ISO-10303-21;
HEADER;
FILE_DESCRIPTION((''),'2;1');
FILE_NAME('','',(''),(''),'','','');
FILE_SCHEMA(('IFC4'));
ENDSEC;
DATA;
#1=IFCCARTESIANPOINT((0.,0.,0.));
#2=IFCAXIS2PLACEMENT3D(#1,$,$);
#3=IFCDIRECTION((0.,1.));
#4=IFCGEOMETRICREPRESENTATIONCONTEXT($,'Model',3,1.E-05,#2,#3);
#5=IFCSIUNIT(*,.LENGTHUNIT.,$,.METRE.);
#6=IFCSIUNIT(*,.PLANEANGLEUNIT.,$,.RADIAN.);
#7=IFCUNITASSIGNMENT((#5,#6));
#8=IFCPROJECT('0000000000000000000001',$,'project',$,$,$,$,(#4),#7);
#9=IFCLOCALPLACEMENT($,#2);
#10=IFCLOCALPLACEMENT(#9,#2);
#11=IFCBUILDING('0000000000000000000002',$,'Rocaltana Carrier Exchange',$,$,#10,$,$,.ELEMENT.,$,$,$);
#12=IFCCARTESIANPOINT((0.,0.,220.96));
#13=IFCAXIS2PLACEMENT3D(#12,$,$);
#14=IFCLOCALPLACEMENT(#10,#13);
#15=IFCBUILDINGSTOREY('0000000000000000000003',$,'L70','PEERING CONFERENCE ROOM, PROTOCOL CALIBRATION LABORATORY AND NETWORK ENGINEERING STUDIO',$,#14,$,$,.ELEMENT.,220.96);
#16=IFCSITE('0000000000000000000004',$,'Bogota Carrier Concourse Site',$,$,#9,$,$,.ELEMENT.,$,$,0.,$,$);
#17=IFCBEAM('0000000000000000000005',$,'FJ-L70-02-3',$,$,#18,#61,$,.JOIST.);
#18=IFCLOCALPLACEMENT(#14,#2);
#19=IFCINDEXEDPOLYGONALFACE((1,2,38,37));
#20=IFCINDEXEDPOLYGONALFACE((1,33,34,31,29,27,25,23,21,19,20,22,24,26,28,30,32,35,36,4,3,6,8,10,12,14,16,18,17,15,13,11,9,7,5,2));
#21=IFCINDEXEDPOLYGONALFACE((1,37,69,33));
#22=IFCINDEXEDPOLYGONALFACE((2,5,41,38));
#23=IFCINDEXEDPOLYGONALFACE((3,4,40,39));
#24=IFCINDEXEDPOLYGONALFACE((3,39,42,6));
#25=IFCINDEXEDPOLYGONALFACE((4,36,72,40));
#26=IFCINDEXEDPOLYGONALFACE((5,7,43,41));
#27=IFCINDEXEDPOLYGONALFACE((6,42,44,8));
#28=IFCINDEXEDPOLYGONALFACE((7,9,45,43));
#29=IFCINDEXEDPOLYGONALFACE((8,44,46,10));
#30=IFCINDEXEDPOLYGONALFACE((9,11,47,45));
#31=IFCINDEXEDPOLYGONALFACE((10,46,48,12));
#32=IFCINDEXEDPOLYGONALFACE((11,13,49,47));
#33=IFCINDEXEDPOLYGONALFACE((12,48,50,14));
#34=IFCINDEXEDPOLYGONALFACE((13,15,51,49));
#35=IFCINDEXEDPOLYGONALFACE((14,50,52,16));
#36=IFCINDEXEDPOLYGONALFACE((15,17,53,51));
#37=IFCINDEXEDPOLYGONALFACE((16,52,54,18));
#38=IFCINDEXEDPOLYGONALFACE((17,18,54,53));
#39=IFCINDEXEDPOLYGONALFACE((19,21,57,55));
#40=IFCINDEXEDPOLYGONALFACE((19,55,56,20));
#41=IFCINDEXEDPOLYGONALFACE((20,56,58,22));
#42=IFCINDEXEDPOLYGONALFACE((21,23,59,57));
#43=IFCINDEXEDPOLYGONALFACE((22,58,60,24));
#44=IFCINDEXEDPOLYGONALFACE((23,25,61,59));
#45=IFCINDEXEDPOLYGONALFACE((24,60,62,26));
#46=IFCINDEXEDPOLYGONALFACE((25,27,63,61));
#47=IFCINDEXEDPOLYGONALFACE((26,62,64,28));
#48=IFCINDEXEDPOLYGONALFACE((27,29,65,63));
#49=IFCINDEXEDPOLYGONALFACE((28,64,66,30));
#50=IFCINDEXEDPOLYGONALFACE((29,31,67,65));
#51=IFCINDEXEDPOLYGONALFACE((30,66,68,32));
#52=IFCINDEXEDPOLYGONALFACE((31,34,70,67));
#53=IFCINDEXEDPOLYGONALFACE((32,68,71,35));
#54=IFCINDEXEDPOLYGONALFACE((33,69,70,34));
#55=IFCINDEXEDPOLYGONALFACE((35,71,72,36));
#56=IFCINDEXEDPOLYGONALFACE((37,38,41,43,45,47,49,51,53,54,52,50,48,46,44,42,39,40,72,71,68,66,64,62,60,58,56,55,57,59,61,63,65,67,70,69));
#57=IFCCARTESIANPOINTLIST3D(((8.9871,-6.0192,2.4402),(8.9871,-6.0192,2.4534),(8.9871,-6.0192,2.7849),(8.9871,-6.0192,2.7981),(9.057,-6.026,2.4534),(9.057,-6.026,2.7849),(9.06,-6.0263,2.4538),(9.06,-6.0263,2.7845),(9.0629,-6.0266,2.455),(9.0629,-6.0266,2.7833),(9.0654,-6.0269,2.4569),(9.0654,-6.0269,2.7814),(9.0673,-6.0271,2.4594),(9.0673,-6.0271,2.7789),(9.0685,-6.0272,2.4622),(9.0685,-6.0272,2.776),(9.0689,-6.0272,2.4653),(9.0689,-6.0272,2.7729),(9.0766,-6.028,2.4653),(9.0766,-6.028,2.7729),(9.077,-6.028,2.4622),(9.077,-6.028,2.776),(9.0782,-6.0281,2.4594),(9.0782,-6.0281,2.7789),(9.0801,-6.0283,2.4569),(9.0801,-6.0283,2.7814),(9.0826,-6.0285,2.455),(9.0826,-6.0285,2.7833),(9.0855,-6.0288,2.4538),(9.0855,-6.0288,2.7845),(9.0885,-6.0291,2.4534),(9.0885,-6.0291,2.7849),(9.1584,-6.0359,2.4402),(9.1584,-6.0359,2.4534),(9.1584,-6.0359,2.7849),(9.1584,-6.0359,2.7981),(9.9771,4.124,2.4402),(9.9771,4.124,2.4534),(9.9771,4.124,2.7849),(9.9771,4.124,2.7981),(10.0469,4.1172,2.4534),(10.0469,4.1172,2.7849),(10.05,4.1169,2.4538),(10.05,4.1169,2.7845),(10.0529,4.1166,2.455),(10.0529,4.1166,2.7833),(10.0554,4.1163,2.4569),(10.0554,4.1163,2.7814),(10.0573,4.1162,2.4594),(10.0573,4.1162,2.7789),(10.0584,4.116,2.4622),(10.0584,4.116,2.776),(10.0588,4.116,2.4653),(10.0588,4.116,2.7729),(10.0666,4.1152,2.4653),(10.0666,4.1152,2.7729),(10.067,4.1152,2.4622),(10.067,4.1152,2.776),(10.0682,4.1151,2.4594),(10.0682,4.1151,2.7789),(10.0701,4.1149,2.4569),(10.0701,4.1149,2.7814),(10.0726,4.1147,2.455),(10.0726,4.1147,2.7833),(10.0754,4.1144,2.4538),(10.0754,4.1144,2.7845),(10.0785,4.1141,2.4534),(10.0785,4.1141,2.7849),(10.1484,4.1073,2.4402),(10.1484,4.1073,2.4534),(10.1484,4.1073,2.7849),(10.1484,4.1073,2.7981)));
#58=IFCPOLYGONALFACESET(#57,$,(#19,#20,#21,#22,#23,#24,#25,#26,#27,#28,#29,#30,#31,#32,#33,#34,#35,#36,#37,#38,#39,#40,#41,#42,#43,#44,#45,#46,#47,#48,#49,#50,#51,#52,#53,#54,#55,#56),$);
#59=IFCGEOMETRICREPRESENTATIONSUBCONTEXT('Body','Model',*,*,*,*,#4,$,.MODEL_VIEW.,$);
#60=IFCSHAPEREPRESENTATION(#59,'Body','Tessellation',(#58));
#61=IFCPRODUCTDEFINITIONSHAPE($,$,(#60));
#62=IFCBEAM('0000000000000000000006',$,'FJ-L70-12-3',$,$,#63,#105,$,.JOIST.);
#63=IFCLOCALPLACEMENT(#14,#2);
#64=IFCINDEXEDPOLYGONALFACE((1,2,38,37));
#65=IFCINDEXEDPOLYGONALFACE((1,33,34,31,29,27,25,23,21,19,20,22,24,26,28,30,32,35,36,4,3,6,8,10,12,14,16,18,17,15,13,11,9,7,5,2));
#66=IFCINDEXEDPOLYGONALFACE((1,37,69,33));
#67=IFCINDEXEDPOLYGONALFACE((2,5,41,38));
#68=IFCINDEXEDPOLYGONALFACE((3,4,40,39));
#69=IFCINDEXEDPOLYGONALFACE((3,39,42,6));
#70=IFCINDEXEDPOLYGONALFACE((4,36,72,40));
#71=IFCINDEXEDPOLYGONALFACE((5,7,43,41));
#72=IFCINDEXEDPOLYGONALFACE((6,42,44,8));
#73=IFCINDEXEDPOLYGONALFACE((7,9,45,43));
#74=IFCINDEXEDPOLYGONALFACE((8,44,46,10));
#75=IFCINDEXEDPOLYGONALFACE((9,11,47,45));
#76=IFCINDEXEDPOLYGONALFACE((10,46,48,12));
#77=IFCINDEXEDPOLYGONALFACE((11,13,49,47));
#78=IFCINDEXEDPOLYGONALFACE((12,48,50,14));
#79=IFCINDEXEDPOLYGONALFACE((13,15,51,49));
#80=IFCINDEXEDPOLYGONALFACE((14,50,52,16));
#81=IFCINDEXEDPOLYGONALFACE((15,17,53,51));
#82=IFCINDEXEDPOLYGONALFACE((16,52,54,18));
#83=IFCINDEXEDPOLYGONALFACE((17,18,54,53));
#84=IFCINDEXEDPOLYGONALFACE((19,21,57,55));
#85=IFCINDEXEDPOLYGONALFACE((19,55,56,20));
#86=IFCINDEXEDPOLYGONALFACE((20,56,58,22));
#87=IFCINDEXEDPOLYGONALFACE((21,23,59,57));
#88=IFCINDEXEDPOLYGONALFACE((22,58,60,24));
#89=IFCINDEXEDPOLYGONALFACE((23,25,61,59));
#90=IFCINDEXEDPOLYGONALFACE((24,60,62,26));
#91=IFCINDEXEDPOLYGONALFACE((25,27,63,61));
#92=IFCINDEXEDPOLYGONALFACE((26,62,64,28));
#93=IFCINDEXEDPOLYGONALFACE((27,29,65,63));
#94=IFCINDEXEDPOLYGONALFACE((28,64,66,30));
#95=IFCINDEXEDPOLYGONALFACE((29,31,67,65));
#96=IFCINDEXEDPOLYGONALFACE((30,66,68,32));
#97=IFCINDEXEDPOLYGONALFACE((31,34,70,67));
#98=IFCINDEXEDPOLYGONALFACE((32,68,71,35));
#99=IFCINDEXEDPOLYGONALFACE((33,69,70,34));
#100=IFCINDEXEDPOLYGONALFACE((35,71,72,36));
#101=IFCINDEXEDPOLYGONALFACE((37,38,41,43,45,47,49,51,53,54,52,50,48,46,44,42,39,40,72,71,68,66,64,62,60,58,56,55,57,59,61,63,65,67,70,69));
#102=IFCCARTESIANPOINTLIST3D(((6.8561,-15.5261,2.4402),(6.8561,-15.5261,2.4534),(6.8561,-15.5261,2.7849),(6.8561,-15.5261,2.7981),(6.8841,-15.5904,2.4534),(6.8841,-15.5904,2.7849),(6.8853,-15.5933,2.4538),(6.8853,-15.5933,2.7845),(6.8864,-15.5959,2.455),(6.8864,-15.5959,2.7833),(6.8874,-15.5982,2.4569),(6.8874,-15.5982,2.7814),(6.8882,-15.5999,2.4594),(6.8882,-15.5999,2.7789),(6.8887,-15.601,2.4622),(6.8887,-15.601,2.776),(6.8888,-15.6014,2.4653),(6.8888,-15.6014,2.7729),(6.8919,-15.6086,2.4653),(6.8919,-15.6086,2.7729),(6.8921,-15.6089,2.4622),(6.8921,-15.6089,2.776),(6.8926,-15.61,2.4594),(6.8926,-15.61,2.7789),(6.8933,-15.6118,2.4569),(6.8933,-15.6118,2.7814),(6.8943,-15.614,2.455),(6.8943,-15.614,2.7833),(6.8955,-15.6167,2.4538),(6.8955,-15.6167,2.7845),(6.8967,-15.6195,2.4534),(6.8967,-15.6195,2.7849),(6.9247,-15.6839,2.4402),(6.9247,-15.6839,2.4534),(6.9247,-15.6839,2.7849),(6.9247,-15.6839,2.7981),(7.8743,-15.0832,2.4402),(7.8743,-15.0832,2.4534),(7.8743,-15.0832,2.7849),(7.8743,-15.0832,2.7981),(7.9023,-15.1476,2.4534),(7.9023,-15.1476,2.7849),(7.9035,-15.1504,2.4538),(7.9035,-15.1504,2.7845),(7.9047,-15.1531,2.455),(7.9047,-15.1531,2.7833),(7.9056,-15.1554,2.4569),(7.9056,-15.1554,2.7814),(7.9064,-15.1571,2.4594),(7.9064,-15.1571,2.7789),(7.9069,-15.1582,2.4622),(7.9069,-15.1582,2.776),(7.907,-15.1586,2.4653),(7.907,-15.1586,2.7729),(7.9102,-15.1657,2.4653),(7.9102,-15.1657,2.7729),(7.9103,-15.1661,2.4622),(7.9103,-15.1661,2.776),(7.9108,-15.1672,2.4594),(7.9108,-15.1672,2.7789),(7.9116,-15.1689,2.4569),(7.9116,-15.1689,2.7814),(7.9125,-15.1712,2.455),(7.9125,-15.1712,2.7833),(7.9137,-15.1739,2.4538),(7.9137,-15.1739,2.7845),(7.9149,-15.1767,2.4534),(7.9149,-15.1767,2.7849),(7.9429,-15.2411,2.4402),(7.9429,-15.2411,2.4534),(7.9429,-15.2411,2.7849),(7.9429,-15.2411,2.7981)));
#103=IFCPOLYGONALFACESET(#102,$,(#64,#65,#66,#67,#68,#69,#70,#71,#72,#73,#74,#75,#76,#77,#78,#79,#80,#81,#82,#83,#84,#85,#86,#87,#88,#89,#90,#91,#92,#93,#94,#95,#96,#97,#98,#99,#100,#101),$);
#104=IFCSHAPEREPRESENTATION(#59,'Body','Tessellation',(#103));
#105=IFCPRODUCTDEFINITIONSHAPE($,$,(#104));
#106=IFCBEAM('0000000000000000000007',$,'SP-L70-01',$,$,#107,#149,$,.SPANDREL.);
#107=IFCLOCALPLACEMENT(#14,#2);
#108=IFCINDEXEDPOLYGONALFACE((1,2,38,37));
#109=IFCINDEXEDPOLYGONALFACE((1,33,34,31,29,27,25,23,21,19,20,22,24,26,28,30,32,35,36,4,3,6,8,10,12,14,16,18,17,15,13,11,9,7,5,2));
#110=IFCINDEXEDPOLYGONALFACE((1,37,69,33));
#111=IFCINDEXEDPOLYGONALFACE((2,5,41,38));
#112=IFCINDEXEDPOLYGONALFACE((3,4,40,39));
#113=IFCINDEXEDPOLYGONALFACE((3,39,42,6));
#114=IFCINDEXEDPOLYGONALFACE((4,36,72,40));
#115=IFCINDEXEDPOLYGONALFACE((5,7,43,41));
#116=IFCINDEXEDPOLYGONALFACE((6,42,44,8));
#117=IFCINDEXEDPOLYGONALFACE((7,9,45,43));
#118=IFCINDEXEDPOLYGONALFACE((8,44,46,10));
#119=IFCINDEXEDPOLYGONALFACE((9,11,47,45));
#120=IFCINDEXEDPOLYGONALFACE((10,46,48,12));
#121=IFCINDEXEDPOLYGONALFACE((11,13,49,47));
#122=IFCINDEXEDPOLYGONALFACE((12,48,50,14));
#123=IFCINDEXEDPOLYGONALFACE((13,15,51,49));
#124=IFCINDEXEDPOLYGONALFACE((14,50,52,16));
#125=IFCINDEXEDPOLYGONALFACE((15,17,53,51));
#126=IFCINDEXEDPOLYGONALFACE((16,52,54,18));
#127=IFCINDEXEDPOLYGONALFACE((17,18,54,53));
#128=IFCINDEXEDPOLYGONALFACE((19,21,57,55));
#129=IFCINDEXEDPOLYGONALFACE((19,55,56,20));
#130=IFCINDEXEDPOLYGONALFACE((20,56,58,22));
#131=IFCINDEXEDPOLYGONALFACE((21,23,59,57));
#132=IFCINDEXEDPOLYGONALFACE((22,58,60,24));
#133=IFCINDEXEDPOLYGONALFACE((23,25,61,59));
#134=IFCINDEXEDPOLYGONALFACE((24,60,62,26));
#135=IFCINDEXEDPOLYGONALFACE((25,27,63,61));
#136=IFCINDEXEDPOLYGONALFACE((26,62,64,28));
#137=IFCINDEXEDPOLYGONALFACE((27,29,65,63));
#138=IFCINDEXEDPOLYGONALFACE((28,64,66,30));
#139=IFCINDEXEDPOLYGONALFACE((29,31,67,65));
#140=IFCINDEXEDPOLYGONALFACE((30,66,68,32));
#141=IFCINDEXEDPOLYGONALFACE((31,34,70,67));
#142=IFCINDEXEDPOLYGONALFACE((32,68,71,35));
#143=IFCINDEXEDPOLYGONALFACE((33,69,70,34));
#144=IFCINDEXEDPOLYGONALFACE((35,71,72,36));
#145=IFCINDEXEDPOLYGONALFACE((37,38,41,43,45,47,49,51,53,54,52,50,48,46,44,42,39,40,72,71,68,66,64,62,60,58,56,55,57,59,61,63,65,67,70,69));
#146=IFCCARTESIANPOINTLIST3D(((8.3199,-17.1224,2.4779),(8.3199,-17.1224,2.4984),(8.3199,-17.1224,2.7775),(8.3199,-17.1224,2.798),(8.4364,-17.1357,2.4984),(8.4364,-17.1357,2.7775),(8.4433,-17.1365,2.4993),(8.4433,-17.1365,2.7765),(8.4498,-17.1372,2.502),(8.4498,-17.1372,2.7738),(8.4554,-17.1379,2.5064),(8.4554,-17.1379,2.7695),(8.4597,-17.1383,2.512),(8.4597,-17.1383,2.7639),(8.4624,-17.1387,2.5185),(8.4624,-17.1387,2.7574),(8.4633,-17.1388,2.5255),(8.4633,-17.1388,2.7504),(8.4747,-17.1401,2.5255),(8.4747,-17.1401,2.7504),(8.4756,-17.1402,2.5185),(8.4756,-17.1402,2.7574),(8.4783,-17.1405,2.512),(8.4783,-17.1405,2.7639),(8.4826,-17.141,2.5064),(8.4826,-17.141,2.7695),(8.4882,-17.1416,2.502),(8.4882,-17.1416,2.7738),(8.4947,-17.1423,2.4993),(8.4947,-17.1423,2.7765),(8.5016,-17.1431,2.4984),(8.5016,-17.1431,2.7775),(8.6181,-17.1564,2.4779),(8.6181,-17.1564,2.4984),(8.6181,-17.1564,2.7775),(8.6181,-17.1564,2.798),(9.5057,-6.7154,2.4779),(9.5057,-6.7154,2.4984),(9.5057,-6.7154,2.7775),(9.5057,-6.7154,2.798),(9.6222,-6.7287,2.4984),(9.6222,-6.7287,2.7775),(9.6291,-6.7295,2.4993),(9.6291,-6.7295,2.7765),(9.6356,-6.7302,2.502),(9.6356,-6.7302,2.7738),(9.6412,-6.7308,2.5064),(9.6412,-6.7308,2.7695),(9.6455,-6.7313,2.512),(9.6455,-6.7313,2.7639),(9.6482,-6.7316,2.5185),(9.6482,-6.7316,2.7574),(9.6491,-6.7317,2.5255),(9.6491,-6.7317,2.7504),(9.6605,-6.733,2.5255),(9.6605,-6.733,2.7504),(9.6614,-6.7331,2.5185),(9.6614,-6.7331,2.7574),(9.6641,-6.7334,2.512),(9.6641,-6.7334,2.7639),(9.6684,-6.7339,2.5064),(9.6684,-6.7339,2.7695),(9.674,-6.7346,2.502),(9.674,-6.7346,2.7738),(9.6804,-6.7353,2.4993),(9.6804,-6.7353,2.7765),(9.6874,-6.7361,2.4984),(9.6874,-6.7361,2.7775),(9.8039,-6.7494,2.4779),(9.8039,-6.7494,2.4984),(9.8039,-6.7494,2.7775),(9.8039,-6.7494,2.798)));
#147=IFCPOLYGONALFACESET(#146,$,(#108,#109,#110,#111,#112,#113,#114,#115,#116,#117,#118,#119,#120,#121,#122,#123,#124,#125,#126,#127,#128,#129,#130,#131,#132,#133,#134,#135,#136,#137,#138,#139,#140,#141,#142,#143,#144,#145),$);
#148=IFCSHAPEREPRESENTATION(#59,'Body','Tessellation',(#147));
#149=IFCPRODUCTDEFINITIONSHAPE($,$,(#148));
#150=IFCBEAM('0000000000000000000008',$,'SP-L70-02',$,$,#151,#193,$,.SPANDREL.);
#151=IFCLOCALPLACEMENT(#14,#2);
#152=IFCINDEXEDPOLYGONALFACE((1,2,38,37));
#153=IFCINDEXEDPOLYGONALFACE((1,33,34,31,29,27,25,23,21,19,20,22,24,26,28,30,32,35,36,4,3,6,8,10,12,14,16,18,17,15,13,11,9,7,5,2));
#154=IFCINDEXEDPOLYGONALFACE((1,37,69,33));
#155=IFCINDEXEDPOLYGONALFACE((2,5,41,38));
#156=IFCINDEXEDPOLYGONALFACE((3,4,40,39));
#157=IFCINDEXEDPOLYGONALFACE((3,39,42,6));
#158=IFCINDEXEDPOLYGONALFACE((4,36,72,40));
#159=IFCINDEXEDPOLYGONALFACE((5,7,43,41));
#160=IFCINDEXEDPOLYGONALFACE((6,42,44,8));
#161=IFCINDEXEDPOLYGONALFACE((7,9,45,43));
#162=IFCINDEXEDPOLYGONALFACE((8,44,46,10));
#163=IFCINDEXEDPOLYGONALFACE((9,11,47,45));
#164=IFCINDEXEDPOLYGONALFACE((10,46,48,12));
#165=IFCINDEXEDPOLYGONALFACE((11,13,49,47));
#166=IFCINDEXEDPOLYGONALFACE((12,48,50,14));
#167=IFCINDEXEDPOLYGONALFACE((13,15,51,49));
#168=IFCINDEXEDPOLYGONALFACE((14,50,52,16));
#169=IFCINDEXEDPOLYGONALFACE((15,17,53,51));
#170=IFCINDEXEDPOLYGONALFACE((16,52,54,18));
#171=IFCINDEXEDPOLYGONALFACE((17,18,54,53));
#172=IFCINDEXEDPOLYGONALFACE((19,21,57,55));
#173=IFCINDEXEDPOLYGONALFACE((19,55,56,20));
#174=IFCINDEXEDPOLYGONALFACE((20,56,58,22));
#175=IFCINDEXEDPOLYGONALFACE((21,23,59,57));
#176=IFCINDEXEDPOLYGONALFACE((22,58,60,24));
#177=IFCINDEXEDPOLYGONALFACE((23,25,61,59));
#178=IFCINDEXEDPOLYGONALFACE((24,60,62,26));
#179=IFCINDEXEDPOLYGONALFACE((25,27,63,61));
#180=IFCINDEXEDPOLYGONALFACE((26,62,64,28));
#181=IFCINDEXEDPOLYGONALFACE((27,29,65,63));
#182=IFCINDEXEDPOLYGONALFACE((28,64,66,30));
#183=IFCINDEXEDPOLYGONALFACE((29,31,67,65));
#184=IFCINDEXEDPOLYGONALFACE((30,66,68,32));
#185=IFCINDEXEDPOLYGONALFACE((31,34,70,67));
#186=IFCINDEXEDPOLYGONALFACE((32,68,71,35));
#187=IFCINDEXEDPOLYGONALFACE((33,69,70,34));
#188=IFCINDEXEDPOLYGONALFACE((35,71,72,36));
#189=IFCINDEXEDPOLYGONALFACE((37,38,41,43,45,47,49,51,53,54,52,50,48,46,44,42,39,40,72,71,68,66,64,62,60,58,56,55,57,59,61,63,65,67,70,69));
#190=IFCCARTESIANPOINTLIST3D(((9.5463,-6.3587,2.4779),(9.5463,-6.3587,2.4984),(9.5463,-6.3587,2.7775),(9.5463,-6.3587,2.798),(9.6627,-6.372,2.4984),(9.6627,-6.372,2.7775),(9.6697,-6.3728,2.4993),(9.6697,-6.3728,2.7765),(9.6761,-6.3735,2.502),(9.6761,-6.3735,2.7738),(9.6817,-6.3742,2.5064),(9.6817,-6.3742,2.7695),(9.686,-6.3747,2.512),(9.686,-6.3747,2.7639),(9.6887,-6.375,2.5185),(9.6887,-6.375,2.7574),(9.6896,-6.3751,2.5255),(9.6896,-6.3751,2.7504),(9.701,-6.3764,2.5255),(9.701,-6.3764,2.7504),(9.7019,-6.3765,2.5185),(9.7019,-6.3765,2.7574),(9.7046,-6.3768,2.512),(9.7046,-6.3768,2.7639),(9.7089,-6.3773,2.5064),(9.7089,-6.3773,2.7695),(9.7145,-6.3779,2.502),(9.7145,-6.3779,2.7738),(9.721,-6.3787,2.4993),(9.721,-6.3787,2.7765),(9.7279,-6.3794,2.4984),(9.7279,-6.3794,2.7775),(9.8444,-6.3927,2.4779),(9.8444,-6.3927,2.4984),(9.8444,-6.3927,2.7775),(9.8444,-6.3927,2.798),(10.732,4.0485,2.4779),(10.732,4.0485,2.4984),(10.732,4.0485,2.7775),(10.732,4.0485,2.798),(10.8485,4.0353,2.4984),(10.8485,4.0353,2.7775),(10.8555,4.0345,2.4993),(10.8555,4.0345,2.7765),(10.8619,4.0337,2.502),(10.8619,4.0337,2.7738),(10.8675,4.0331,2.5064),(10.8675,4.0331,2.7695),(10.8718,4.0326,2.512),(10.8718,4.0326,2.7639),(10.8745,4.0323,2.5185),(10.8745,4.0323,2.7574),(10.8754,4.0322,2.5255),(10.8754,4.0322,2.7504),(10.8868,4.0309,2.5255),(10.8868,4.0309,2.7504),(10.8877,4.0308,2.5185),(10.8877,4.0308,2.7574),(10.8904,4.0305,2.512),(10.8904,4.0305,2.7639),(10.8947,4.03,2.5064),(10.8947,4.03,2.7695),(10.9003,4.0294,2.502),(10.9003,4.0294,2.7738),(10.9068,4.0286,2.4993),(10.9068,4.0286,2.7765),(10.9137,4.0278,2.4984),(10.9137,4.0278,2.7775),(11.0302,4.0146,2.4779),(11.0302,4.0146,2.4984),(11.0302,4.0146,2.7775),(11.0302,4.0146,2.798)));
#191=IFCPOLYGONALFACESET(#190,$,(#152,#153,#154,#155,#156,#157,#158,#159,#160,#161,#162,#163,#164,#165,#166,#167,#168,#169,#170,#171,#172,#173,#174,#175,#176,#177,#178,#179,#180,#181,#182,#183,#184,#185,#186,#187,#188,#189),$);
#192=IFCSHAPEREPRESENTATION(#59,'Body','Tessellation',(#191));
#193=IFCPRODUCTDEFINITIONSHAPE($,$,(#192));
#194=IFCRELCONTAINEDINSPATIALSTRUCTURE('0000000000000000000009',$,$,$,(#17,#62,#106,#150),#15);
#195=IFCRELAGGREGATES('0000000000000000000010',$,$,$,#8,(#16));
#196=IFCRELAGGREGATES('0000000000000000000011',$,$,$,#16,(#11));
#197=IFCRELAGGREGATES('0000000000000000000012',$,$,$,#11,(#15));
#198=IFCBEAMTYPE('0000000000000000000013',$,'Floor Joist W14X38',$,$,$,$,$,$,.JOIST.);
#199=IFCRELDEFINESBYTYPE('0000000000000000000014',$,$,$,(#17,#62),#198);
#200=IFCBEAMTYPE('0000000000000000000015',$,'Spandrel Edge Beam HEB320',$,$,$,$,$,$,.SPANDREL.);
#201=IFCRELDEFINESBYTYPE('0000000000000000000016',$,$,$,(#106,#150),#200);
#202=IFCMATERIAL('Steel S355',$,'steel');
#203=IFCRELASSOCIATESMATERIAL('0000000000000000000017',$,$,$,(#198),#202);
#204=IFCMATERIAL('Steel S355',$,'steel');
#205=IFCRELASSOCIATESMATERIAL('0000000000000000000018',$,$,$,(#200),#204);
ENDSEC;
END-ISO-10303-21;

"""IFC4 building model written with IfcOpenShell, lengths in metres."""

from ifc_helpers import new_model, si_unit, direction, frame, origin, origin_2d, place, context, subcontext, project, spatial, i_section, extrude, material, material_profile, profile_set, type_object, element, save


model = new_model("IFC4")

# Units and contexts
model_context = context("Model", 3, precision=1e-05, world=origin(), true_north=direction((0.0, 1.0)))
body_context = subcontext(model_context, "Body", "Model", "MODEL_VIEW")
ifc_project = project(units=[si_unit("LENGTHUNIT", "METRE"), si_unit("PLANEANGLEUNIT", "RADIAN")], contexts=[model_context])

# Site, building, storey
site_placement = place(None, origin())
site = spatial("IfcSite", under=ifc_project, at=site_placement, Name="Bogota Carrier Concourse Site", CompositionType="ELEMENT", RefElevation=0.0)
building_placement = place(site_placement, origin())
building = spatial("IfcBuilding", under=site, at=building_placement, Name="Rocaltana Carrier Exchange", CompositionType="ELEMENT")
storey_placement = place(building_placement, frame((0.0, 0.0, 220.96)))
storey = spatial("IfcBuildingStorey", under=building, at=storey_placement, Name="L70", Description="PEERING CONFERENCE ROOM, PROTOCOL CALIBRATION LABORATORY AND NETWORK ENGINEERING STUDIO", CompositionType="ELEMENT", Elevation=220.96)

# Beams
ifc_material_1 = material(Name="Steel S355", Category="steel")
ifc_material_profile_1 = material_profile(ifc_material_1, i_section(OverallWidth=0.1721, OverallDepth=0.3579, WebThickness=0.0078, FlangeThickness=0.0132, FilletRadius=0.012, at=origin_2d()), Name="W14X38")
ifc_profile_set_1 = profile_set([ifc_material_profile_1], Name="Steel S355")
beam_type_1 = type_object("IfcBeamType", Name="Floor Joist W14X38", PredefinedType="JOIST", material=ifc_profile_set_1)
beam_1_placement = place(storey_placement, frame((9.0728, -6.0276, 2.6191), z_axis=(0.097139, 0.995271, 0.0), x_axis=(-0.995271, 0.097139, 0.0)))
element("IfcBeam", 1, at=beam_1_placement, inside=storey, type_object=beam_type_1, Name="FJ-L70-02-3", PredefinedType="JOIST", context=body_context, shape_type="SweptSolid", body=[
    extrude(i_section(OverallWidth=0.1721, OverallDepth=0.3579, WebThickness=0.0078, FlangeThickness=0.0132, FilletRadius=0.012, at=origin_2d()), origin(), (0.0, 0.0, 1.0), 10.1914),
])
beam_2_placement = place(storey_placement, frame((6.8904, -15.605, 2.6191), z_axis=(0.917028, 0.398823, 0.0), x_axis=(-0.398823, 0.917028, 0.0)))
element("IfcBeam", 2, at=beam_2_placement, inside=storey, type_object=beam_type_1, Name="FJ-L70-12-3", PredefinedType="JOIST", context=body_context, shape_type="SweptSolid", body=[
    extrude(i_section(OverallWidth=0.1721, OverallDepth=0.3579, WebThickness=0.0078, FlangeThickness=0.0132, FilletRadius=0.012, at=origin_2d()), origin(), (0.0, 0.0, 1.0), 1.1104),
])
ifc_material_2 = material(Name="Steel S355", Category="steel")
ifc_material_profile_2 = material_profile(ifc_material_2, i_section(OverallWidth=0.3, OverallDepth=0.3201, WebThickness=0.0115, FlangeThickness=0.0205, FilletRadius=0.0271, at=origin_2d()), Name="HEB320")
ifc_profile_set_2 = profile_set([ifc_material_profile_2], Name="Steel S355")
beam_type_2 = type_object("IfcBeamType", Name="Spandrel Edge Beam HEB320", PredefinedType="SPANDREL", material=ifc_profile_set_2)
beam_3_placement = place(storey_placement, frame((8.469, -17.1394, 2.6379), z_axis=(0.113209, 0.993571, 0.0), x_axis=(-0.993571, 0.113209, 0.0)))
element("IfcBeam", 3, at=beam_3_placement, inside=storey, type_object=beam_type_2, Name="SP-L70-01", PredefinedType="SPANDREL", context=body_context, shape_type="SweptSolid", body=[
    extrude(i_section(OverallWidth=0.3, OverallDepth=0.3201, WebThickness=0.0115, FlangeThickness=0.0205, FilletRadius=0.0271, at=origin_2d()), origin(), (0.0, 0.0, 1.0), 10.4744),
])
beam_4_placement = place(storey_placement, frame((9.6953, -6.3757, 2.6379), z_axis=(0.113207, 0.993571, 0.0), x_axis=(-0.993571, 0.113207, 0.0)))
element("IfcBeam", 4, at=beam_4_placement, inside=storey, type_object=beam_type_2, Name="SP-L70-02", PredefinedType="SPANDREL", context=body_context, shape_type="SweptSolid", body=[
    extrude(i_section(OverallWidth=0.3, OverallDepth=0.3201, WebThickness=0.0115, FlangeThickness=0.0205, FilletRadius=0.0271, at=origin_2d()), origin(), (0.0, 0.0, 1.0), 10.4746),
])

save(model, "model.ifc")
